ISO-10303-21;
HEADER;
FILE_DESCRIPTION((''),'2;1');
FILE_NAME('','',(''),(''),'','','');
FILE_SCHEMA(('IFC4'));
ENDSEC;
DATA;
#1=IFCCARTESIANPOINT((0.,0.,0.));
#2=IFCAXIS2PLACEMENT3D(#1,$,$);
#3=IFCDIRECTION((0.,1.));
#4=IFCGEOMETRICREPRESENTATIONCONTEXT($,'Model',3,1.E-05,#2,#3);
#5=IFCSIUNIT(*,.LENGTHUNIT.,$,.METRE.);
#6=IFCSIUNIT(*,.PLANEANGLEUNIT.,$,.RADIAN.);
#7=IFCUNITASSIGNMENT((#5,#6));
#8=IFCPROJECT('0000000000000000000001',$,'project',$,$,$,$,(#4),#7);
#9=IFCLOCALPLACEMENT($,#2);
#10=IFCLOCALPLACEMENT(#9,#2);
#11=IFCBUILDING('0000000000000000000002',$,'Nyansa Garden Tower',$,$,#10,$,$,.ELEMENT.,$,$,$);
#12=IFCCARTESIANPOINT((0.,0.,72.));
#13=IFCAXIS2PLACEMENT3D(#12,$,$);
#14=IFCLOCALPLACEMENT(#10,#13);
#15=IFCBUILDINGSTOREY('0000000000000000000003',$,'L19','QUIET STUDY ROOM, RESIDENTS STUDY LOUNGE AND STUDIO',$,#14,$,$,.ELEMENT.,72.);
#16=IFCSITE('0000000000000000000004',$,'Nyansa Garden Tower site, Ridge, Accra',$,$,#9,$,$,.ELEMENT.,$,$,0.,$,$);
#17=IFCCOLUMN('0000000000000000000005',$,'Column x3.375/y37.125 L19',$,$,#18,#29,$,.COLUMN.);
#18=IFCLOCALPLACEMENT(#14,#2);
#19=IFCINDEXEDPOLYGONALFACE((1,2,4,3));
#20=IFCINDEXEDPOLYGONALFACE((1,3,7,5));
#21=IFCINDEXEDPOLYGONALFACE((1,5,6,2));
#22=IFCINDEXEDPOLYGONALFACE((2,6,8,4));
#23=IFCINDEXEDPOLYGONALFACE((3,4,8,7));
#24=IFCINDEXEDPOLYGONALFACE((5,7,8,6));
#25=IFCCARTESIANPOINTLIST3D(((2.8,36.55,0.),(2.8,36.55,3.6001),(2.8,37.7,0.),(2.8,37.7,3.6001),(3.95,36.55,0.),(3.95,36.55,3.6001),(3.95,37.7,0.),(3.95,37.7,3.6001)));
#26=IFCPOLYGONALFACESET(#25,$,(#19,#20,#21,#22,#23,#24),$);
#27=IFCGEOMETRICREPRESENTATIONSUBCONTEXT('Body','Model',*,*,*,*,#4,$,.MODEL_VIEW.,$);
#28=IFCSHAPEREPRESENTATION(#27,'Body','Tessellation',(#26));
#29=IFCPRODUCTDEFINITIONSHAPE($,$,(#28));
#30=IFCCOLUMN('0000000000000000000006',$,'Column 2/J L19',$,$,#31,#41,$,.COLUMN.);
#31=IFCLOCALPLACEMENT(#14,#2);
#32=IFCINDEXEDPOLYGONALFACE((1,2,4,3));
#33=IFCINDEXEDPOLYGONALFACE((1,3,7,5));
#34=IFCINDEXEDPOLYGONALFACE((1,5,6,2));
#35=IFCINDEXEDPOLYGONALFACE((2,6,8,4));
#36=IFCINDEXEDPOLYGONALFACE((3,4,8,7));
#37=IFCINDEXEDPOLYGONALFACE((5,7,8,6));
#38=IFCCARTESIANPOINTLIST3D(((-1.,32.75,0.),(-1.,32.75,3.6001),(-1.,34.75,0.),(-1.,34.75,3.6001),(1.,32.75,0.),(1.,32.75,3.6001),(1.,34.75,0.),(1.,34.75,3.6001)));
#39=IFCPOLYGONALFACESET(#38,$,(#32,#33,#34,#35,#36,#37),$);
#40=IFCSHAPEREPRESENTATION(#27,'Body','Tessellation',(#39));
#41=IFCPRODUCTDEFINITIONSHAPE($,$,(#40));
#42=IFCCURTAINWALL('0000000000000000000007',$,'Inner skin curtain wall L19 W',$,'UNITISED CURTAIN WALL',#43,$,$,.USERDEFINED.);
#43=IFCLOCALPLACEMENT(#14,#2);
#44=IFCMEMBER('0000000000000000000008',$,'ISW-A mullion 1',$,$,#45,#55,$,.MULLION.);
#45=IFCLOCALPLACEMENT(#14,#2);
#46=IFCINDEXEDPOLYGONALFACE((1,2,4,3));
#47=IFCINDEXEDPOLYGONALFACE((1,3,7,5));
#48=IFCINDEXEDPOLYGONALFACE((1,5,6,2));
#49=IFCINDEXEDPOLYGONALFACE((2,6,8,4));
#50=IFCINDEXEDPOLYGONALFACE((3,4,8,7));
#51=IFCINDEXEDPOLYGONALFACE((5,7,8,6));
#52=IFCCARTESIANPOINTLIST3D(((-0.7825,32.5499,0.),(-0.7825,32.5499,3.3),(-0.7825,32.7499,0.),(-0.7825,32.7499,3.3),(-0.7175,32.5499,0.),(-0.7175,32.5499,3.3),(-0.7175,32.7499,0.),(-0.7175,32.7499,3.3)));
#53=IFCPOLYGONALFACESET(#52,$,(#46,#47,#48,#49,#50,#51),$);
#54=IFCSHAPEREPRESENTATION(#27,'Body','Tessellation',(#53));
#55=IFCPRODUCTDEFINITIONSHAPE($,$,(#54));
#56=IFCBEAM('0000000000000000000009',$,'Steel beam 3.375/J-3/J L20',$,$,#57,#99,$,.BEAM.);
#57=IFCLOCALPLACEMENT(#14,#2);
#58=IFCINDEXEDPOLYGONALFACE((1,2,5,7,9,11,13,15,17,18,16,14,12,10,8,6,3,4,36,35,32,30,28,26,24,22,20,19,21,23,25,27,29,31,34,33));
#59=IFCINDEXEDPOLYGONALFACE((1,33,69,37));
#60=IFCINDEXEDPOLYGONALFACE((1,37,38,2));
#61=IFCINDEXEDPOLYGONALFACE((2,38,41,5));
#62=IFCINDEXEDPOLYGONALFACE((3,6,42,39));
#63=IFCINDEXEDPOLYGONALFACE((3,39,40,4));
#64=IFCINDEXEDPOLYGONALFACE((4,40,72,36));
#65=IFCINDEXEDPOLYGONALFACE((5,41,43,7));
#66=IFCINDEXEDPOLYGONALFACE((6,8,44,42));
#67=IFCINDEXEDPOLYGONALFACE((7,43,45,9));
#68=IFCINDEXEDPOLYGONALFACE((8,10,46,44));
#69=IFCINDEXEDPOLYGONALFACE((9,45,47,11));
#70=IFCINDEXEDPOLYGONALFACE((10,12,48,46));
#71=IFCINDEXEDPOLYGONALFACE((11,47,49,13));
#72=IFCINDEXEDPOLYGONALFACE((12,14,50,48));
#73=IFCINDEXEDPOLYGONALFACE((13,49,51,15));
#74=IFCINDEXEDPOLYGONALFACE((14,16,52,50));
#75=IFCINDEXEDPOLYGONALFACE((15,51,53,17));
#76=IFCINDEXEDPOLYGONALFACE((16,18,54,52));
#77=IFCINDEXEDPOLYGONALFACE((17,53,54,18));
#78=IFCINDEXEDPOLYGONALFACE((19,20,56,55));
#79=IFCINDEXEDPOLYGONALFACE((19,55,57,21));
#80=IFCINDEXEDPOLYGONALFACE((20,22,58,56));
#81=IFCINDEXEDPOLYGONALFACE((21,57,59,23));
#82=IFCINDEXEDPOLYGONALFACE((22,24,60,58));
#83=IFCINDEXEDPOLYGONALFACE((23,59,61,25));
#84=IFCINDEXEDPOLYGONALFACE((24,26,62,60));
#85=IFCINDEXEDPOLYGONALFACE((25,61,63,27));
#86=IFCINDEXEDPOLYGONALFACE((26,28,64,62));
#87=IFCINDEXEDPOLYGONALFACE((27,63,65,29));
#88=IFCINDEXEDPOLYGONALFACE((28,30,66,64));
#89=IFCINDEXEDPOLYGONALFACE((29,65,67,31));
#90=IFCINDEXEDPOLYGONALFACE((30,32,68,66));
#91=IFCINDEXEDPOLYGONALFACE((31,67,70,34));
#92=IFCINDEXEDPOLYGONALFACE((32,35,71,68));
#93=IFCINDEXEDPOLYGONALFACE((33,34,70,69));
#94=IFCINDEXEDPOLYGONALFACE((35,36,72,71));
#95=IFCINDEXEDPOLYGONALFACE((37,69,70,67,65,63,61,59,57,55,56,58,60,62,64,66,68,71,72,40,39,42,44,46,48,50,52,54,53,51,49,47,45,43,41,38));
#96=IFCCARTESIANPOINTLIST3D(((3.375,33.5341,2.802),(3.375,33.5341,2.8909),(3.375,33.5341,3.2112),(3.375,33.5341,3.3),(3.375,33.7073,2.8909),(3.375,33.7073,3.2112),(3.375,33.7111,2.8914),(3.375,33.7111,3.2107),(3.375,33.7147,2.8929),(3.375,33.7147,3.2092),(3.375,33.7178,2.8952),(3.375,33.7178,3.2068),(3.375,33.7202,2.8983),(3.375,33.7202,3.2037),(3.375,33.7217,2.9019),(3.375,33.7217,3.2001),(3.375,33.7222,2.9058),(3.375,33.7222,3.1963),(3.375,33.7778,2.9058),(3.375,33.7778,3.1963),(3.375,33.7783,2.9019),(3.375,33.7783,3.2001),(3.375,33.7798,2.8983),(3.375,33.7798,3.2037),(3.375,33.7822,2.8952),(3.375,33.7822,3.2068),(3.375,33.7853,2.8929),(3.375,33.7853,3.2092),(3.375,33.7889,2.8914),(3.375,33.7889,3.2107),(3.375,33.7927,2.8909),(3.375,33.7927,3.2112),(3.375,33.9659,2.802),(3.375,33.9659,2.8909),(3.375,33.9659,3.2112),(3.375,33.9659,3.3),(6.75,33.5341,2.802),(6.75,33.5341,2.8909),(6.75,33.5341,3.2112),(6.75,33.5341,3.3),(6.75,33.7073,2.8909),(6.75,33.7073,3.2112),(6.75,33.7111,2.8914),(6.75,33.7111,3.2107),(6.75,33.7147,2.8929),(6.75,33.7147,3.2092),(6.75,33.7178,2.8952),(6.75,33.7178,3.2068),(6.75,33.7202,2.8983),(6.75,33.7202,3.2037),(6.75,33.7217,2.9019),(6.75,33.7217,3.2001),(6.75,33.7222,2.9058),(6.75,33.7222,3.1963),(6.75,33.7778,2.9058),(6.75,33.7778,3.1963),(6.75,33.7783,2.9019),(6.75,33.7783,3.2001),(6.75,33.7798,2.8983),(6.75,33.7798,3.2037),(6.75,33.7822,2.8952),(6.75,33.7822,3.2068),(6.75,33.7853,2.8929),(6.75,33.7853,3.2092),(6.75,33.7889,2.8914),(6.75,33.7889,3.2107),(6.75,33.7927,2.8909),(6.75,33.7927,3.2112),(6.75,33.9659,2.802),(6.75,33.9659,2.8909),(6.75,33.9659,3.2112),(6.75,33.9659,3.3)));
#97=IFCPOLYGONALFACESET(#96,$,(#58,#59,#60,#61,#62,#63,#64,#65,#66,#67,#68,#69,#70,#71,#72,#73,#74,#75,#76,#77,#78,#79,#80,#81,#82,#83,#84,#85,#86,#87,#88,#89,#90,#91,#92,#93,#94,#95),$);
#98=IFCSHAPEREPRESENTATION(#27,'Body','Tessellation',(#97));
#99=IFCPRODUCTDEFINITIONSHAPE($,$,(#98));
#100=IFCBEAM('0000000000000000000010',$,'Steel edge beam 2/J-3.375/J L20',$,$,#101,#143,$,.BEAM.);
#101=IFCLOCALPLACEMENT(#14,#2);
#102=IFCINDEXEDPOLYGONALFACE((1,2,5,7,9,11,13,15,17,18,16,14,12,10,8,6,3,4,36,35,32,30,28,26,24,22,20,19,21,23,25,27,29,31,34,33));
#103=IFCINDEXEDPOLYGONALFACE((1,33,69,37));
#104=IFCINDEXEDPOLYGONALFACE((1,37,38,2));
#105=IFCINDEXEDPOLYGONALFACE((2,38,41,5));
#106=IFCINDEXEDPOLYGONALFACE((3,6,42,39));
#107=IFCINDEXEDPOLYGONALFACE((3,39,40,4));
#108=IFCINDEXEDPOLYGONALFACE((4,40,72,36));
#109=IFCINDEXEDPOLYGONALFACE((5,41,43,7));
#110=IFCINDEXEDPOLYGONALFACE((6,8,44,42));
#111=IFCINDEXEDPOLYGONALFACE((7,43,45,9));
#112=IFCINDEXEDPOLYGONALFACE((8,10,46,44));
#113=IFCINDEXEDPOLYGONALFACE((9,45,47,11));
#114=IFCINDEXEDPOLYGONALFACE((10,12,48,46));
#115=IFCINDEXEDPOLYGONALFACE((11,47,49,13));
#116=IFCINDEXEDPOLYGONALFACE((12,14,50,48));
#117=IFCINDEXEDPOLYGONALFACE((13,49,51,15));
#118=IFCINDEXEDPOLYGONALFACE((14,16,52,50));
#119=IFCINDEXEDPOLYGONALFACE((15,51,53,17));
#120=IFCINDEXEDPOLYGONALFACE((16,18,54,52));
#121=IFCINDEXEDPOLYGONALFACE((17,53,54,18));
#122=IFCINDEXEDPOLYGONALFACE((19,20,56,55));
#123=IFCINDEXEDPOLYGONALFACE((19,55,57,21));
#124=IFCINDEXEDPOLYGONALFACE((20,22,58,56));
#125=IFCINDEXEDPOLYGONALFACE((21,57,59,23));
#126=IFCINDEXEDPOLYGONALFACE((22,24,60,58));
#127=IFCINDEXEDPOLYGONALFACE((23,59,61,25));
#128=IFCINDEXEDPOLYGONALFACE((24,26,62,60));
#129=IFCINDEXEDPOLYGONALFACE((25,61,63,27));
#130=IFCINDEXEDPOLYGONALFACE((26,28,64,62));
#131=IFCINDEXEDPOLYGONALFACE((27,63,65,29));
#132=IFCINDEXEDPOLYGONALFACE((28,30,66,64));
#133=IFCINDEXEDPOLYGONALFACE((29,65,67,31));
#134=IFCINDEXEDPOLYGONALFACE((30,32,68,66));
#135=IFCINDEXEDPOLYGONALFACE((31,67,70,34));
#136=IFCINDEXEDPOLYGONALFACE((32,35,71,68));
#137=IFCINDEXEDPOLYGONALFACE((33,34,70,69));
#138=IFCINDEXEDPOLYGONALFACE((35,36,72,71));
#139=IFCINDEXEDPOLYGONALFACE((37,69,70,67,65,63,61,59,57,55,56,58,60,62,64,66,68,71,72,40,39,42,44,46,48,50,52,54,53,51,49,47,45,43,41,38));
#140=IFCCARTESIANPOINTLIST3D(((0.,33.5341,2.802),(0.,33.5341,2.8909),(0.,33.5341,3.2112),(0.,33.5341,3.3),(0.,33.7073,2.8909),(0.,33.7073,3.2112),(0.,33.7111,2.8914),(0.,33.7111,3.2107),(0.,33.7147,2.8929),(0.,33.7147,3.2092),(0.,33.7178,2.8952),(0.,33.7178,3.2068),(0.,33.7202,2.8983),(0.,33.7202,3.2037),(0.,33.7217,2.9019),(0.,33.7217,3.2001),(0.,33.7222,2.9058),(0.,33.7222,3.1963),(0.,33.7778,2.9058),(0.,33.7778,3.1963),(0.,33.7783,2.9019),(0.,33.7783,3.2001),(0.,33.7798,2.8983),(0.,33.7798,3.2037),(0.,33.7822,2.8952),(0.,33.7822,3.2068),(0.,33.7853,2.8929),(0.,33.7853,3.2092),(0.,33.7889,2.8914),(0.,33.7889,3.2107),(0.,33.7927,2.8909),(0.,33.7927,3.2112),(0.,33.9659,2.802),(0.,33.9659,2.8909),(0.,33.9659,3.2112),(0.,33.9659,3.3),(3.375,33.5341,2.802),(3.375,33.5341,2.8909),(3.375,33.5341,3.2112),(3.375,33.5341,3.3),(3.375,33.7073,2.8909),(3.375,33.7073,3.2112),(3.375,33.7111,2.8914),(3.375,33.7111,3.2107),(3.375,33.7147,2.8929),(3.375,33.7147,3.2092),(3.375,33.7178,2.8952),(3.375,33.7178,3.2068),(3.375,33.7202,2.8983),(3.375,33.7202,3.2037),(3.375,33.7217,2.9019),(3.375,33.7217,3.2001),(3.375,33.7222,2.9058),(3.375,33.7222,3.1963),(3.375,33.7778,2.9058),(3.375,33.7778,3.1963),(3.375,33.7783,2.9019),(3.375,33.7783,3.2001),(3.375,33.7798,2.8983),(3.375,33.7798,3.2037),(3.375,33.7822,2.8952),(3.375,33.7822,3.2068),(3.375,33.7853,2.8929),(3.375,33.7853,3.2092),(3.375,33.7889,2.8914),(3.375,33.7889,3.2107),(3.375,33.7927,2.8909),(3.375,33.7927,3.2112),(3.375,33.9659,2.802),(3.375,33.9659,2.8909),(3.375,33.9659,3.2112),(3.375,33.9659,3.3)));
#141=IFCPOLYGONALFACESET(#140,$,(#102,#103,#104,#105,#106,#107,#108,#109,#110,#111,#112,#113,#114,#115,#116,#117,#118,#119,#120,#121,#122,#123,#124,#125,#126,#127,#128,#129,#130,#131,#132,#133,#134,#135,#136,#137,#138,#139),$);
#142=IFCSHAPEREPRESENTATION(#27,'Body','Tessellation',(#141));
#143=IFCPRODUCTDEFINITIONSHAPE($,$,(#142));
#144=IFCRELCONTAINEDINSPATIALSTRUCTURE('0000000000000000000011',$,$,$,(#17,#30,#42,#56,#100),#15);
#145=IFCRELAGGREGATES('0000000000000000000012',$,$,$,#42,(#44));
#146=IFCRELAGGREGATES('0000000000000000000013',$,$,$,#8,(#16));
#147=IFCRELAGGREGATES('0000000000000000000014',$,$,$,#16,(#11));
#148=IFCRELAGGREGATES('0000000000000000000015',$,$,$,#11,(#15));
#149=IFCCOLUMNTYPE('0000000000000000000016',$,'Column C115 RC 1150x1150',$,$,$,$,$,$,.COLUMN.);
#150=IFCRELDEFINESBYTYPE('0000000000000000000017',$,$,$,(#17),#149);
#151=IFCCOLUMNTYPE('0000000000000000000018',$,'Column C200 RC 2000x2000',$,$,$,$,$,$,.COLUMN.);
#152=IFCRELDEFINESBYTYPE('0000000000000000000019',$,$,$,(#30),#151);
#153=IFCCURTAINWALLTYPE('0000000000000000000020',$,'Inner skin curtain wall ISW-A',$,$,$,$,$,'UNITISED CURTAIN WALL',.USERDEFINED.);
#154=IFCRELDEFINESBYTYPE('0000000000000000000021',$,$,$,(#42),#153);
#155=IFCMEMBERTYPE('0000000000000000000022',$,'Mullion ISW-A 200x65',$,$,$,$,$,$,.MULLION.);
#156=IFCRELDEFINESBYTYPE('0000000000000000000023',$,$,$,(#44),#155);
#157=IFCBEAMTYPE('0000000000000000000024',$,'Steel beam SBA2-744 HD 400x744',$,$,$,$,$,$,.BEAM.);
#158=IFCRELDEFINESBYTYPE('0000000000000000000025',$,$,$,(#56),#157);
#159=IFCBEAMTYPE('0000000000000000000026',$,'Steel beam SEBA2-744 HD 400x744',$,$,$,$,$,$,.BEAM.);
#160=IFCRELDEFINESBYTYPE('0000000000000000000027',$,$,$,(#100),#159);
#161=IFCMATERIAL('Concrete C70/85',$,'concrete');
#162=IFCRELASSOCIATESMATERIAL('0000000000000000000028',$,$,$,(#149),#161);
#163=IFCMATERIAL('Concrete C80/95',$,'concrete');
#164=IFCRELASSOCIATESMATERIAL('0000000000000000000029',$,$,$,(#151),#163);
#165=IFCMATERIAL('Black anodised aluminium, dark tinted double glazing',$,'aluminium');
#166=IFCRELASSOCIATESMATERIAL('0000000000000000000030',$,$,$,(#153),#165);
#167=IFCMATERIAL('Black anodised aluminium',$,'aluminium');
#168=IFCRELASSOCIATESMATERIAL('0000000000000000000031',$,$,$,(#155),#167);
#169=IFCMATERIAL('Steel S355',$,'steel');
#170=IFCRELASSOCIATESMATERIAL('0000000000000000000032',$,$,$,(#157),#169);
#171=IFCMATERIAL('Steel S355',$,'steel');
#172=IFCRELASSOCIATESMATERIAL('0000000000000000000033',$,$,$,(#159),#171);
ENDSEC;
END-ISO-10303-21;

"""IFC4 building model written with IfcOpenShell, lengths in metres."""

from ifc_helpers import new_model, si_unit, direction, frame, origin, origin_2d, place, context, subcontext, project, spatial, rectangle, i_section, extrude, material, material_profile, profile_set, type_object, element, aggregate, save


model = new_model("IFC4")

# Units and contexts
model_context = context("Model", 3, precision=1e-05, world=origin(), true_north=direction((0.0, 1.0)))
body_context = subcontext(model_context, "Body", "Model", "MODEL_VIEW")
ifc_project = project(units=[si_unit("LENGTHUNIT", "METRE"), si_unit("PLANEANGLEUNIT", "RADIAN")], contexts=[model_context])

# Site, building, storey
site_placement = place(None, origin())
site = spatial("IfcSite", under=ifc_project, at=site_placement, Name="Nyansa Garden Tower site, Ridge, Accra", CompositionType="ELEMENT", RefElevation=0.0)
building_placement = place(site_placement, origin())
building = spatial("IfcBuilding", under=site, at=building_placement, Name="Nyansa Garden Tower", CompositionType="ELEMENT")
storey_placement = place(building_placement, frame((0.0, 0.0, 72.0)))
storey = spatial("IfcBuildingStorey", under=building, at=storey_placement, Name="L19", Description="QUIET STUDY ROOM, RESIDENTS STUDY LOUNGE AND STUDIO", CompositionType="ELEMENT", Elevation=72.0)

# Columns
ifc_material_1 = material(Name="Concrete C70/85", Category="concrete")
ifc_material_profile_1 = material_profile(ifc_material_1, rectangle(XDim=1.1499, YDim=1.1499, at=origin_2d()), Name="RC 1150x1150")
ifc_profile_set_1 = profile_set([ifc_material_profile_1], Name="Concrete C70/85")
column_type_1 = type_object("IfcColumnType", Name="Column C115 RC 1150x1150", PredefinedType="COLUMN", material=ifc_profile_set_1)
column_1_placement = place(storey_placement, frame((3.375, 37.125, 0.0), z_axis=(0.0, 0.0, 1.0), x_axis=(1.0, 0.0, 0.0)))
element("IfcColumn", 1, at=column_1_placement, inside=storey, type_object=column_type_1, Name="Column x3.375/y37.125 L19", PredefinedType="COLUMN", context=body_context, shape_type="SweptSolid", body=[
    extrude(rectangle(XDim=1.1499, YDim=1.1499, at=origin_2d()), origin(), (0.0, 0.0, 1.0), 3.6001),
])
ifc_material_2 = material(Name="Concrete C80/95", Category="concrete")
ifc_material_profile_2 = material_profile(ifc_material_2, rectangle(XDim=2.0, YDim=2.0, at=origin_2d()), Name="RC 2000x2000")
ifc_profile_set_2 = profile_set([ifc_material_profile_2], Name="Concrete C80/95")
column_type_2 = type_object("IfcColumnType", Name="Column C200 RC 2000x2000", PredefinedType="COLUMN", material=ifc_profile_set_2)
column_2_placement = place(storey_placement, frame((0.0, 33.75, 0.0), z_axis=(0.0, 0.0, 1.0), x_axis=(1.0, 0.0, 0.0)))
element("IfcColumn", 2, at=column_2_placement, inside=storey, type_object=column_type_2, Name="Column 2/J L19", PredefinedType="COLUMN", context=body_context, shape_type="SweptSolid", body=[
    extrude(rectangle(XDim=2.0, YDim=2.0, at=origin_2d()), origin(), (0.0, 0.0, 1.0), 3.6001),
])

# Curtain wall, member
ifc_material_3 = material(Name="Black anodised aluminium, dark tinted double glazing", Category="aluminium")
curtain_wall_type = type_object("IfcCurtainWallType", Name="Inner skin curtain wall ISW-A", ElementType="UNITISED CURTAIN WALL", PredefinedType="USERDEFINED", material=ifc_material_3)
curtain_wall_placement = place(storey_placement, origin())
curtain_wall = element("IfcCurtainWall", 3, at=curtain_wall_placement, inside=storey, type_object=curtain_wall_type, Name="Inner skin curtain wall L19 W", ObjectType="UNITISED CURTAIN WALL", PredefinedType="USERDEFINED")
ifc_material_4 = material(Name="Black anodised aluminium", Category="aluminium")
ifc_material_profile_3 = material_profile(ifc_material_4, rectangle(XDim=0.0649, YDim=0.2, at=origin_2d()), Name="Mullion 200x65")
ifc_profile_set_3 = profile_set([ifc_material_profile_3], Name="Black anodised aluminium")
member_type_1 = type_object("IfcMemberType", Name="Mullion ISW-A 200x65", PredefinedType="MULLION", material=ifc_profile_set_3)
member_1_placement = place(storey_placement, frame((-0.75, 32.6499, 0.0), z_axis=(0.0, 0.0, 1.0), x_axis=(1.0, 0.0, 0.0)))
member_1 = element("IfcMember", 4, at=member_1_placement, type_object=member_type_1, Name="ISW-A mullion 1", PredefinedType="MULLION", context=body_context, shape_type="SweptSolid", body=[
    extrude(rectangle(XDim=0.0649, YDim=0.2, at=origin_2d()), origin(), (0.0, 0.0, 1.0), 3.3),
])

# Beams
ifc_material_5 = material(Name="Steel S355", Category="steel")
ifc_material_profile_4 = material_profile(ifc_material_5, i_section(OverallWidth=0.4319, OverallDepth=0.498, WebThickness=0.0557, FlangeThickness=0.0889, FilletRadius=0.0149, at=origin_2d()), Name="HD 400x744")
ifc_profile_set_4 = profile_set([ifc_material_profile_4], Name="Steel S355")
beam_type_1 = type_object("IfcBeamType", Name="Steel beam SBA2-744 HD 400x744", PredefinedType="BEAM", material=ifc_profile_set_4)
beam_1_placement = place(storey_placement, frame((3.375, 33.75, 3.051), z_axis=(1.0, 0.0, 0.0), x_axis=(0.0, 1.0, 0.0)))
element("IfcBeam", 5, at=beam_1_placement, inside=storey, type_object=beam_type_1, Name="Steel beam 3.375/J-3/J L20", PredefinedType="BEAM", context=body_context, shape_type="SweptSolid", body=[
    extrude(i_section(OverallWidth=0.4319, OverallDepth=0.498, WebThickness=0.0557, FlangeThickness=0.0889, FilletRadius=0.0149, at=origin_2d()), origin(), (0.0, 0.0, 1.0), 3.375),
])
ifc_material_6 = material(Name="Steel S355", Category="steel")
ifc_material_profile_5 = material_profile(ifc_material_6, i_section(OverallWidth=0.4319, OverallDepth=0.498, WebThickness=0.0557, FlangeThickness=0.0889, FilletRadius=0.0149, at=origin_2d()), Name="HD 400x744")
ifc_profile_set_5 = profile_set([ifc_material_profile_5], Name="Steel S355")
beam_type_2 = type_object("IfcBeamType", Name="Steel beam SEBA2-744 HD 400x744", PredefinedType="BEAM", material=ifc_profile_set_5)
beam_2_placement = place(storey_placement, frame((0.0, 33.75, 3.051), z_axis=(1.0, 0.0, 0.0), x_axis=(0.0, 1.0, 0.0)))
element("IfcBeam", 6, at=beam_2_placement, inside=storey, type_object=beam_type_2, Name="Steel edge beam 2/J-3.375/J L20", PredefinedType="BEAM", context=body_context, shape_type="SweptSolid", body=[
    extrude(i_section(OverallWidth=0.4319, OverallDepth=0.498, WebThickness=0.0557, FlangeThickness=0.0889, FilletRadius=0.0149, at=origin_2d()), origin(), (0.0, 0.0, 1.0), 3.375),
])

aggregate(curtain_wall, [member_1])

save(model, "model.ifc")
